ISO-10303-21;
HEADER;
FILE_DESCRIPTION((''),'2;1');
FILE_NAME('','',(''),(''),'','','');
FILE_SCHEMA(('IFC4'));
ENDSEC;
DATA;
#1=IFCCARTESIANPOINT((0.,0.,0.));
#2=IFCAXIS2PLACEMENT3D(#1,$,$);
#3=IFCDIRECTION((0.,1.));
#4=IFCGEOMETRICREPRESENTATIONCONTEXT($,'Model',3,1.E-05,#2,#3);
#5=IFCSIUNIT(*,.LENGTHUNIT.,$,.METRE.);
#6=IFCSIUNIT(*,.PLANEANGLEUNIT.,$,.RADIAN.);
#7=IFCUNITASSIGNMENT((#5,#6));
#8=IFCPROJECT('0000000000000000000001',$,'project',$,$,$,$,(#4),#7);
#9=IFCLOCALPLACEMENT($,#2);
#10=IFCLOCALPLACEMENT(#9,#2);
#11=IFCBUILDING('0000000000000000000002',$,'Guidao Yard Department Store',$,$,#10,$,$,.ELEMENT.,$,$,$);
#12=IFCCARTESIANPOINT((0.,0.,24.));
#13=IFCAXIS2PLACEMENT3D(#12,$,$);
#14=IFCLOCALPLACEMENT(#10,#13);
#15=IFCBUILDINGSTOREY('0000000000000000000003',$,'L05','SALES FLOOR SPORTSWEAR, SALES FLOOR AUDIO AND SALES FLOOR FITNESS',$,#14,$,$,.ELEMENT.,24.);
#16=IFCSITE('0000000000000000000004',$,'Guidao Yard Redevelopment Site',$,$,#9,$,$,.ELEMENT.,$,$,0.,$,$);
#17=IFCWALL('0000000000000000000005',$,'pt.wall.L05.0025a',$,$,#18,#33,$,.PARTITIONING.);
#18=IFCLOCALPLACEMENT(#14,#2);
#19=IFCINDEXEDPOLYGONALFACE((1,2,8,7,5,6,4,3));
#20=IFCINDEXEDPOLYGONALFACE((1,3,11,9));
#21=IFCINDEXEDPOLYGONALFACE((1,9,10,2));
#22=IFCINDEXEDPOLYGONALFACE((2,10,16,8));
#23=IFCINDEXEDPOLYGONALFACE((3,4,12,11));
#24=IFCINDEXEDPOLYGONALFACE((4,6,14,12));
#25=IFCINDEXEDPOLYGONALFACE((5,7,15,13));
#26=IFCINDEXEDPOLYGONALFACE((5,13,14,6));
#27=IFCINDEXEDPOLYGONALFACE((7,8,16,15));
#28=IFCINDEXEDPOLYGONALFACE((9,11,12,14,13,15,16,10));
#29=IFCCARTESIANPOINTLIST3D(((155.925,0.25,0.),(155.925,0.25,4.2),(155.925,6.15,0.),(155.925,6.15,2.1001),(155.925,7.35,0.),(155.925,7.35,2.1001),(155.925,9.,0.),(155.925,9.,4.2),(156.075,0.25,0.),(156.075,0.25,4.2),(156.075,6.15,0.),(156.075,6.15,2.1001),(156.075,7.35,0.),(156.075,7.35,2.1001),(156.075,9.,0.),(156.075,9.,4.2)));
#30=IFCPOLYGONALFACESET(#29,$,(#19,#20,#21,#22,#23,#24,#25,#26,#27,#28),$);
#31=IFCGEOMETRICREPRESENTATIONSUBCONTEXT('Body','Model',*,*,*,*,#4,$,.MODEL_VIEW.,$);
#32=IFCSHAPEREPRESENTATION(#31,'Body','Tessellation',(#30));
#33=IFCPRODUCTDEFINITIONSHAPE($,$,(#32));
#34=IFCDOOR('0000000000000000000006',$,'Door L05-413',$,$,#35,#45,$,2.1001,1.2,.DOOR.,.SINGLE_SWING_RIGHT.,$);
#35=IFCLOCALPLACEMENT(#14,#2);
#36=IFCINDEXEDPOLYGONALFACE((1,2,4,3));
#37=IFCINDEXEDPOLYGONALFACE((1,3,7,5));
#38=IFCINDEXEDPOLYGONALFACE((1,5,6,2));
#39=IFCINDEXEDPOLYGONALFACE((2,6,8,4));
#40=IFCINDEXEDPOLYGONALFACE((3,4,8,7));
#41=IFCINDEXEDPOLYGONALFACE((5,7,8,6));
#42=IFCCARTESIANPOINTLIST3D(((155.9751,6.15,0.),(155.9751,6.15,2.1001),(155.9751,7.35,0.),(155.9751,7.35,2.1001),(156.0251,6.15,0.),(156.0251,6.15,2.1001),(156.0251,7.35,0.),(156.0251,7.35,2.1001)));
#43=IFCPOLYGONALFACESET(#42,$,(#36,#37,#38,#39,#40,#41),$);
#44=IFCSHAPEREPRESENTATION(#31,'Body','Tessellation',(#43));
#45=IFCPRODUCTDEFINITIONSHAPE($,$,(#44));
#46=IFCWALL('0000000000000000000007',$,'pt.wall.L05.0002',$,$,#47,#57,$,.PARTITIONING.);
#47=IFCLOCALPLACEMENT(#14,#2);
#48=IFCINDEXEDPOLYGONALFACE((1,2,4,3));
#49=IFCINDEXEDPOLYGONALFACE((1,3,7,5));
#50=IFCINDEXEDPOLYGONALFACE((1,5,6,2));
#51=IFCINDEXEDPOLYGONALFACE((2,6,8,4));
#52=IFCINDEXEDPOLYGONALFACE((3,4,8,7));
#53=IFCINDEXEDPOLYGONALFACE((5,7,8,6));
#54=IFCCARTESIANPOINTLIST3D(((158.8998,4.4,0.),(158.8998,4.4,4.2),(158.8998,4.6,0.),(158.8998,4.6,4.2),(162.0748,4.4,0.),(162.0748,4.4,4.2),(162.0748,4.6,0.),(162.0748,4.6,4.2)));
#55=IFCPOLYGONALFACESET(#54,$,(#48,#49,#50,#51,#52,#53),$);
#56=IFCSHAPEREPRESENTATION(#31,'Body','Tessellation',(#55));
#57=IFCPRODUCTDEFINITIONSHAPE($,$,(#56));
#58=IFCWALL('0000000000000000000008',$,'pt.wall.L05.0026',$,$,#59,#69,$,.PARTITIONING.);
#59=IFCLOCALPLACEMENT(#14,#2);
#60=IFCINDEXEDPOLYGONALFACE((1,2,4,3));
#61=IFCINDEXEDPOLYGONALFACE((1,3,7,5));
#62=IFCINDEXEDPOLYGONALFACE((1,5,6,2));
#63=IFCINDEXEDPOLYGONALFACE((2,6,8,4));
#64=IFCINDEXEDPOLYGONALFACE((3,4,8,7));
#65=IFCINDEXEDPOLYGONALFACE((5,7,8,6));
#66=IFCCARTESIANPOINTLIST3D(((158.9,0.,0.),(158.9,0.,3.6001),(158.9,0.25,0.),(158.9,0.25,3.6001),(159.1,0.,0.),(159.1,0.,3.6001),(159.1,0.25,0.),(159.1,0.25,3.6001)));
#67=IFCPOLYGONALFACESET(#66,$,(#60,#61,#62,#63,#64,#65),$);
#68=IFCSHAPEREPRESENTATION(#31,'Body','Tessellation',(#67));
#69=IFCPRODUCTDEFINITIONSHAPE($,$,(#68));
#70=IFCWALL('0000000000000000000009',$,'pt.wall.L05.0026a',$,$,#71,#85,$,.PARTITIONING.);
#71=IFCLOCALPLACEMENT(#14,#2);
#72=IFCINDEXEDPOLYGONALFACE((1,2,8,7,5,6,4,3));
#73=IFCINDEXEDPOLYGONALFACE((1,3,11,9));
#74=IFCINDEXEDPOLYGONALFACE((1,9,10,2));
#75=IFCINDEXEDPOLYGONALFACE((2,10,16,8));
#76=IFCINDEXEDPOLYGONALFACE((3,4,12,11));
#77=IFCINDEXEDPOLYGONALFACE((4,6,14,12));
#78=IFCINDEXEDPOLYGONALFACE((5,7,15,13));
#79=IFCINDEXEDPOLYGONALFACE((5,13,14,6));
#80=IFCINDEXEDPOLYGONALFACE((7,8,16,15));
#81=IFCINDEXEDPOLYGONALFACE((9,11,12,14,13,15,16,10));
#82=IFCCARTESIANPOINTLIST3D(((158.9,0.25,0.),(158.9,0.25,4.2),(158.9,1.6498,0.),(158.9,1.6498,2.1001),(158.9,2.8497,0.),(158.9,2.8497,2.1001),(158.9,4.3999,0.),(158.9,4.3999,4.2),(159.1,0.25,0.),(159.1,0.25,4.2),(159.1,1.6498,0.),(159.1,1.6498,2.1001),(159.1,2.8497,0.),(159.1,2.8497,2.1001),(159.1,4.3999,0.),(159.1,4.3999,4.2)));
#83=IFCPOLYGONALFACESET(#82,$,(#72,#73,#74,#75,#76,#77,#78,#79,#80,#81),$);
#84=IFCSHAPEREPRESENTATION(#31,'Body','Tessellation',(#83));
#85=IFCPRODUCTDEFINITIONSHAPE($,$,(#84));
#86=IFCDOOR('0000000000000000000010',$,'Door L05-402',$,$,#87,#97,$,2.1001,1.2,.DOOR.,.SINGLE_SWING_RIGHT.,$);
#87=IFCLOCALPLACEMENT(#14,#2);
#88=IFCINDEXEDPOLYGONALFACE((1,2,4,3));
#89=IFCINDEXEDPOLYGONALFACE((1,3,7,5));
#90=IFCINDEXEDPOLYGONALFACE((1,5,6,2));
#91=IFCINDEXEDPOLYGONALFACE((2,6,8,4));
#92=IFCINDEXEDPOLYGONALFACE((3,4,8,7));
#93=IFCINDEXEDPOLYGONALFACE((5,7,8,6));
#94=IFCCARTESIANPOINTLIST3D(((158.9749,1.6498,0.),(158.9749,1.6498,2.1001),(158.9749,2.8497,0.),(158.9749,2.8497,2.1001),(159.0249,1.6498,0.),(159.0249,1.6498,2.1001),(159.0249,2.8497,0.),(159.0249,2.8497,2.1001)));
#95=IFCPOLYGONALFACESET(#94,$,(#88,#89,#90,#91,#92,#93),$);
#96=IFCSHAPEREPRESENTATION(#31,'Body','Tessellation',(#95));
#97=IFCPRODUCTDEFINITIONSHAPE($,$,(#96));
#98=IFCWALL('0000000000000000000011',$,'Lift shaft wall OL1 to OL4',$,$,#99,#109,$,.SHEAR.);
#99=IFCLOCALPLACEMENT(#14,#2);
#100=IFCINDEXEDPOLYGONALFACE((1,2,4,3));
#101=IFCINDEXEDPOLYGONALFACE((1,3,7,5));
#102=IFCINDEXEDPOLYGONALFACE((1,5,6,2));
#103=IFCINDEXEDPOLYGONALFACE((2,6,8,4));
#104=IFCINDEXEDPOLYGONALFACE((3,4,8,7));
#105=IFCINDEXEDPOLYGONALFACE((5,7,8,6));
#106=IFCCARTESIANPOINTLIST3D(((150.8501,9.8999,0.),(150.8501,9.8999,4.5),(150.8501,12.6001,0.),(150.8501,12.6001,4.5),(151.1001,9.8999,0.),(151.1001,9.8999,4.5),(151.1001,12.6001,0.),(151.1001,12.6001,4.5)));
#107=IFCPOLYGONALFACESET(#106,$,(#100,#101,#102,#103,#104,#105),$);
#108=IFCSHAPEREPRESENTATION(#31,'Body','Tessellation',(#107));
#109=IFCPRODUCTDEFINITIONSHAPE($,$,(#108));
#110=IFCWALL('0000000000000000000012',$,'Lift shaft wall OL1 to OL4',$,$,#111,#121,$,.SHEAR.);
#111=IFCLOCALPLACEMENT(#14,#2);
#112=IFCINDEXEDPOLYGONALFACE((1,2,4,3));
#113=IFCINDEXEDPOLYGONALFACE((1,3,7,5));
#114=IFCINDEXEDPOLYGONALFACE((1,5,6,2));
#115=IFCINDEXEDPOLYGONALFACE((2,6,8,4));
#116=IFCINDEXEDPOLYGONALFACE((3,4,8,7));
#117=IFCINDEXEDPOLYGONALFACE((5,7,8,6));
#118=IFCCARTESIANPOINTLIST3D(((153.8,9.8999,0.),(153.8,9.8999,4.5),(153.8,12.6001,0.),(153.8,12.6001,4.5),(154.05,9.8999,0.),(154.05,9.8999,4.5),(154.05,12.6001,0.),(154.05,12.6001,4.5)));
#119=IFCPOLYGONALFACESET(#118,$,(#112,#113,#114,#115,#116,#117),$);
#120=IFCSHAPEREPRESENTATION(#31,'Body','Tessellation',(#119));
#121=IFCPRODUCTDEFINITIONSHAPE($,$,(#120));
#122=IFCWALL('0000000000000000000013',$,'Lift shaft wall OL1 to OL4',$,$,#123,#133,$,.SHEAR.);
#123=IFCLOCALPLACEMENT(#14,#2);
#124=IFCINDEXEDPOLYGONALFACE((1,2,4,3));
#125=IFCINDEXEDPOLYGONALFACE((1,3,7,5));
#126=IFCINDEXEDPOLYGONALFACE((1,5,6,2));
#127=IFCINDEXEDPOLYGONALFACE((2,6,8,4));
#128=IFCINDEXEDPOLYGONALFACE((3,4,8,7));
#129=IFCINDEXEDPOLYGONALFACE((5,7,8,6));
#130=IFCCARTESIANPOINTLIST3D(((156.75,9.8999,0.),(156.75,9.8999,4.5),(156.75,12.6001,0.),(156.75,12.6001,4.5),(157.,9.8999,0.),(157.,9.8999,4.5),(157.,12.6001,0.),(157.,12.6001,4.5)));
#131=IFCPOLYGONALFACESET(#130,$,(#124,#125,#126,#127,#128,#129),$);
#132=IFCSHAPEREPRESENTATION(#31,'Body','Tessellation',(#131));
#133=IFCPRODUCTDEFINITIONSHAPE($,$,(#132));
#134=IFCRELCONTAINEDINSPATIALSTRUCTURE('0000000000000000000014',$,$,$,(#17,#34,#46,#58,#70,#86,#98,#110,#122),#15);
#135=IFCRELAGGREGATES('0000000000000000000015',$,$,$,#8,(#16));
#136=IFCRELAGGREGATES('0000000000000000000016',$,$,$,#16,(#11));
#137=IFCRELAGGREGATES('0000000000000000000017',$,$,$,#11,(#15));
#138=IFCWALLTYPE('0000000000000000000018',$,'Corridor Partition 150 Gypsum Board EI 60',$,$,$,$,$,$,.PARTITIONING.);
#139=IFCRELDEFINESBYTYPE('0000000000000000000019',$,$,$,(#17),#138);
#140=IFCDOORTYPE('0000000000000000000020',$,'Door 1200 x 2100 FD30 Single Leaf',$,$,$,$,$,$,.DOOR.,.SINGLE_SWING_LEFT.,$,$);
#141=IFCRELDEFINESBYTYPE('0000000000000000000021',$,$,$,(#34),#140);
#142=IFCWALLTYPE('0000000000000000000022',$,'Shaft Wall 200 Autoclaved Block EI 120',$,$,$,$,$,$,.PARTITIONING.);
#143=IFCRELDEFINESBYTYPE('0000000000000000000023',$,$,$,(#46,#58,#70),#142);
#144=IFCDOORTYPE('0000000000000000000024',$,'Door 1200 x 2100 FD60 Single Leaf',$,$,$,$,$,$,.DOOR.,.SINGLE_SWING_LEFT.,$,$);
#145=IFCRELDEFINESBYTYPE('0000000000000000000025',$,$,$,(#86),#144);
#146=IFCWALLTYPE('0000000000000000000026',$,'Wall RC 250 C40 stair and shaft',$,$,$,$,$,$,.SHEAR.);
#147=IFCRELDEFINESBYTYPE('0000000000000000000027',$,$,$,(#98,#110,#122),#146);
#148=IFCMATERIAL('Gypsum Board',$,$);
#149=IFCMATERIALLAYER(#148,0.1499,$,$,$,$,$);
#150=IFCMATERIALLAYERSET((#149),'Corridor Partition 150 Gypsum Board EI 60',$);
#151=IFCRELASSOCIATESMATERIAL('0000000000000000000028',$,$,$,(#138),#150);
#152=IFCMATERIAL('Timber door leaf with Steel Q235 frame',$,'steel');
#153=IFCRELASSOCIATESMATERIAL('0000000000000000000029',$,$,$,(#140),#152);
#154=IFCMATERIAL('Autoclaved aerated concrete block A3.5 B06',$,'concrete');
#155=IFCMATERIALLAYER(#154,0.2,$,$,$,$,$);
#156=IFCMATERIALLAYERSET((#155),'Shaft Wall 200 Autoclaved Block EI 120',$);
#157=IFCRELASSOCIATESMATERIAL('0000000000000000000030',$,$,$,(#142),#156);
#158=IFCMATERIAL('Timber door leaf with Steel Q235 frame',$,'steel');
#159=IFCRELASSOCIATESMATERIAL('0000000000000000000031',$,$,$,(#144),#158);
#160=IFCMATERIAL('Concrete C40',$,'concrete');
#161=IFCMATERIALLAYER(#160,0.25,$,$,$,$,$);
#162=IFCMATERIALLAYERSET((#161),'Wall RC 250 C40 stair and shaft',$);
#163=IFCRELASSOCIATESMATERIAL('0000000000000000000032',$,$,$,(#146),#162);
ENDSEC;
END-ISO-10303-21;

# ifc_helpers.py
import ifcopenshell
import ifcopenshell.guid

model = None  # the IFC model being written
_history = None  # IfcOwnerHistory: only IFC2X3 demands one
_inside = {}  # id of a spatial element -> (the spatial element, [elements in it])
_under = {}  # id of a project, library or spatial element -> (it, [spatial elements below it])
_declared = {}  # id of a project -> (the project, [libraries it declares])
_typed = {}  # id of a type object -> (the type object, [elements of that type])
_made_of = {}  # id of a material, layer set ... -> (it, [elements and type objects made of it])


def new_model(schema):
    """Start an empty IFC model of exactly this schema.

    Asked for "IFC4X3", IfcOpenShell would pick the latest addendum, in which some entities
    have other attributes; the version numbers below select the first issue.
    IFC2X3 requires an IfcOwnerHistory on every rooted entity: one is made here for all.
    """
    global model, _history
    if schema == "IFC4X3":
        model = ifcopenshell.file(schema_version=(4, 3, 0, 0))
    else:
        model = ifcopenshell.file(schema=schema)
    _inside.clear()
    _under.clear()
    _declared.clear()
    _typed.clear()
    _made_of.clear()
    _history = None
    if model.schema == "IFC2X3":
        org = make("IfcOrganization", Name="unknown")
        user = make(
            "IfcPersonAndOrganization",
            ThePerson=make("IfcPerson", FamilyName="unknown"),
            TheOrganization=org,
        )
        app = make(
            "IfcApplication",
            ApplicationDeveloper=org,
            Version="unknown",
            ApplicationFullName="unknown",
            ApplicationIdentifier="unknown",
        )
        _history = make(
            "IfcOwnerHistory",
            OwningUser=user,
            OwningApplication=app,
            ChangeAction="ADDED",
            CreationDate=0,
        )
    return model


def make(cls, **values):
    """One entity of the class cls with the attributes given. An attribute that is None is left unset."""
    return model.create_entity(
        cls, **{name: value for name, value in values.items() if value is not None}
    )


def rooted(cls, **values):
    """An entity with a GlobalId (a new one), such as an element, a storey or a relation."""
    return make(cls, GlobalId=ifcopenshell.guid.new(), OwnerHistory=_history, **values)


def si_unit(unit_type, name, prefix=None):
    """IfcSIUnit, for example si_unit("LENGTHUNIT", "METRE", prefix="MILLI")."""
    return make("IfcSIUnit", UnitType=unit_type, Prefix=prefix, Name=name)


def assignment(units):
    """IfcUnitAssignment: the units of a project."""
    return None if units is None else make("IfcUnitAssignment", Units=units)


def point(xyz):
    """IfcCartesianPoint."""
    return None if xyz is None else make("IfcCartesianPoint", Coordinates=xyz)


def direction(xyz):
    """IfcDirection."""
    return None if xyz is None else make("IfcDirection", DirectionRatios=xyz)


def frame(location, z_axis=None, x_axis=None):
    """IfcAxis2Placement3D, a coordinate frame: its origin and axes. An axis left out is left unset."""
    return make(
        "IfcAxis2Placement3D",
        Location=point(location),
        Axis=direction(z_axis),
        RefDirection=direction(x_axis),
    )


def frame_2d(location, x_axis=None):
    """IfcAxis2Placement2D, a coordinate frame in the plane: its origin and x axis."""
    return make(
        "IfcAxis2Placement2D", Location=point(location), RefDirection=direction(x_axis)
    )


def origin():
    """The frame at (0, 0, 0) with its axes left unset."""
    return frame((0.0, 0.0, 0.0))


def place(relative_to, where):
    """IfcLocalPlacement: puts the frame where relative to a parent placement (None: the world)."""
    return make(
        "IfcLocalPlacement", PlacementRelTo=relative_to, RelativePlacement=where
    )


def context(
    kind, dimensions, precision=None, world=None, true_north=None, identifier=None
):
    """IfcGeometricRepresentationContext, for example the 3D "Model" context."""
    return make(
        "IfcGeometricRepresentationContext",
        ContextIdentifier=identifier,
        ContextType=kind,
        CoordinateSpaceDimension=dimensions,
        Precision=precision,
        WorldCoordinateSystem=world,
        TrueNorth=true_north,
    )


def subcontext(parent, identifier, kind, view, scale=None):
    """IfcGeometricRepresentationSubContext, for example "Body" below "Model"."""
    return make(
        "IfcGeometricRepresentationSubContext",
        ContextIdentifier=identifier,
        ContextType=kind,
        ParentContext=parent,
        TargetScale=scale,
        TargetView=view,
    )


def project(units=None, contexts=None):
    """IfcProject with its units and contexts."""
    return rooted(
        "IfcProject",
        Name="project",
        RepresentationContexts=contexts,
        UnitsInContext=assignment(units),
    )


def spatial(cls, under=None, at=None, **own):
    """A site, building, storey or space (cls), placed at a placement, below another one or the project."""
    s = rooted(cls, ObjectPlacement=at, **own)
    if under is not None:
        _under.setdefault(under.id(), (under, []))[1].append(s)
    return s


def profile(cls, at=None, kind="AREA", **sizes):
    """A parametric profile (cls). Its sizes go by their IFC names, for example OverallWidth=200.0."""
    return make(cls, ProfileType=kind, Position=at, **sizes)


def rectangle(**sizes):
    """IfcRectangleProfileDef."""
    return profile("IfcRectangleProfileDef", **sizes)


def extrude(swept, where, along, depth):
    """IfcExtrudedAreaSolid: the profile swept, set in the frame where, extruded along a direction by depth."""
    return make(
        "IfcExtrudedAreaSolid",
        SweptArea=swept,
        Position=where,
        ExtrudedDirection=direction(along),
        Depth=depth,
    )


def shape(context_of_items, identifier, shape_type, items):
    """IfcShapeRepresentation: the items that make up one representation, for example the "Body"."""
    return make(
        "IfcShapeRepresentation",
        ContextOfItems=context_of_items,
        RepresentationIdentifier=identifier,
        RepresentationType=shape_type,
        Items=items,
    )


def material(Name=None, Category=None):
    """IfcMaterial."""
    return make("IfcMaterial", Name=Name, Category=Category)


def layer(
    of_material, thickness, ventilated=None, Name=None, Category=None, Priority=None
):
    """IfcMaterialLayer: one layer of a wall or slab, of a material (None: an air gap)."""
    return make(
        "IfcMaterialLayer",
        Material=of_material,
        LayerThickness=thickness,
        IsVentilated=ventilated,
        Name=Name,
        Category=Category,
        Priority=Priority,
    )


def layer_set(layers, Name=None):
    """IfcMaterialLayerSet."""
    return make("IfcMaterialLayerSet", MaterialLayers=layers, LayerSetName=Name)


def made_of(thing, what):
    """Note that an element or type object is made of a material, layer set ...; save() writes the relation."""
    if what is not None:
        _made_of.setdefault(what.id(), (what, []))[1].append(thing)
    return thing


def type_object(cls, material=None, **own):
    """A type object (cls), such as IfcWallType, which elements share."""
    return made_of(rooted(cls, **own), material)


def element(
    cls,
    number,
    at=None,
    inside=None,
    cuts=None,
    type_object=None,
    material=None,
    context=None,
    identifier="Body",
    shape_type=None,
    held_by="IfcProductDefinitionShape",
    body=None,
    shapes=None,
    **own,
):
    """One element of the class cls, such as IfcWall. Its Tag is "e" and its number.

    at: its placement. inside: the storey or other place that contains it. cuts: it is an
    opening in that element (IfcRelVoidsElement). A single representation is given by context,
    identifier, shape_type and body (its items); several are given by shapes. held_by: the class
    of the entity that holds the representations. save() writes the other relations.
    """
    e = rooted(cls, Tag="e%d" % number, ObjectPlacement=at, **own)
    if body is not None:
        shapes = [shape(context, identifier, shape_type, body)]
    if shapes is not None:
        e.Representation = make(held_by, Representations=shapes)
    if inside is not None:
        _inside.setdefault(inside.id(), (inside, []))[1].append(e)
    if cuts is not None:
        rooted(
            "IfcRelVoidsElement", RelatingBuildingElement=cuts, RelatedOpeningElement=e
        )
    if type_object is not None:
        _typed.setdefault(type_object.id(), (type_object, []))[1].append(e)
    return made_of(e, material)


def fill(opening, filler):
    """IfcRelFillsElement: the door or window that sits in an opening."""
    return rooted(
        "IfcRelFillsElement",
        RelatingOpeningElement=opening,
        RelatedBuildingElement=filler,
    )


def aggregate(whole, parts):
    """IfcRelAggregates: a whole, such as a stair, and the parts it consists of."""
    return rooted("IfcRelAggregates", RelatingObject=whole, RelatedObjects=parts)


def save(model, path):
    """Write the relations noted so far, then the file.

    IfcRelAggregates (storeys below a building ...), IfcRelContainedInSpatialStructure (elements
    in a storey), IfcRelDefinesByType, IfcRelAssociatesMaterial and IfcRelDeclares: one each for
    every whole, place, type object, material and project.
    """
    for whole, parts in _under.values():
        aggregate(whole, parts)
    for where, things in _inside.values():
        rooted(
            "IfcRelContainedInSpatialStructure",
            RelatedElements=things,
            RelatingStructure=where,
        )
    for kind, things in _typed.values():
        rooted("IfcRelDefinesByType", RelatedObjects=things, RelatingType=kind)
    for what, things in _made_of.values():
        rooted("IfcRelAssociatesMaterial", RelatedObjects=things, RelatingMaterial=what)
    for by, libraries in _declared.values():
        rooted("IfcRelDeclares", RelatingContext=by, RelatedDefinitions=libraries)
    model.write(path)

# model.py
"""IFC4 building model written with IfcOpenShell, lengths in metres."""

from ifc_helpers import new_model, si_unit, direction, frame, frame_2d, origin, place, context, subcontext, project, spatial, rectangle, extrude, material, layer, layer_set, type_object, element, fill, save


model = new_model("IFC4")

# Units and contexts
model_context = context("Model", 3, precision=1e-05, world=origin(), true_north=direction((0.0, 1.0)))
body_context = subcontext(model_context, "Body", "Model", "MODEL_VIEW")
ifc_project = project(units=[si_unit("LENGTHUNIT", "METRE"), si_unit("PLANEANGLEUNIT", "RADIAN")], contexts=[model_context])

# Site, building, storey
site_placement = place(None, origin())
site = spatial("IfcSite", under=ifc_project, at=site_placement, Name="Guidao Yard Redevelopment Site", CompositionType="ELEMENT", RefElevation=0.0)
building_placement = place(site_placement, origin())
building = spatial("IfcBuilding", under=site, at=building_placement, Name="Guidao Yard Department Store", CompositionType="ELEMENT")
storey_placement = place(building_placement, frame((0.0, 0.0, 24.0)))
storey = spatial("IfcBuildingStorey", under=building, at=storey_placement, Name="L05", Description="SALES FLOOR SPORTSWEAR, SALES FLOOR AUDIO AND SALES FLOOR FITNESS", CompositionType="ELEMENT", Elevation=24.0)

# Shared definitions
ifc_material_1 = material(Name="Gypsum Board")
ifc_layer_1 = layer(ifc_material_1, 0.1499)
ifc_layer_set_1 = layer_set([ifc_layer_1], Name="Corridor Partition 150 Gypsum Board EI 60")
wall_type_1 = type_object("IfcWallType", Name="Corridor Partition 150 Gypsum Board EI 60", PredefinedType="PARTITIONING", material=ifc_layer_set_1)

# Wall, opening, door
wall_1_placement = place(storey_placement, frame((156.0, 0.25, 0.0), z_axis=(0.0, 0.0, 1.0), x_axis=(0.0, 1.0, 0.0)))
wall_1 = element("IfcWall", 1, at=wall_1_placement, inside=storey, type_object=wall_type_1, Name="pt.wall.L05.0025a", PredefinedType="PARTITIONING", context=body_context, shape_type="SweptSolid", body=[
    extrude(rectangle(XDim=8.75, YDim=0.1499, at=frame_2d((4.375, 0.0))), origin(), (0.0, 0.0, 1.0), 4.2),
])
opening_1_placement = place(wall_1_placement, frame((5.8999, 0.0, 0.0)))
opening_1 = element("IfcOpeningElement", 2, at=opening_1_placement, cuts=wall_1, PredefinedType="OPENING", context=body_context, shape_type="SweptSolid", body=[
    extrude(rectangle(XDim=1.2, YDim=2.1001, at=frame_2d((0.6001, 1.05))), frame((0.0, 0.085, 0.0), z_axis=(0.0, -1.0, 0.0), x_axis=(1.0, 0.0, 0.0)), (0.0, 0.0, 1.0), 0.1699),
])
ifc_material_2 = material(Name="Timber door leaf with Steel Q235 frame", Category="steel")
door_type_1 = type_object("IfcDoorType", Name="Door 1200 x 2100 FD30 Single Leaf", OperationType="SINGLE_SWING_LEFT", PredefinedType="DOOR", material=ifc_material_2)
door_1_placement = place(opening_1_placement, origin())
door_1 = element("IfcDoor", 3, at=door_1_placement, inside=storey, type_object=door_type_1, Name="Door L05-413", OperationType="SINGLE_SWING_RIGHT", OverallHeight=2.1001, OverallWidth=1.2, PredefinedType="DOOR", context=body_context, shape_type="SweptSolid", body=[
    extrude(rectangle(XDim=1.2, YDim=2.1001, at=frame_2d((0.6001, 1.05))), frame((0.0, 0.0249, 0.0), z_axis=(0.0, -1.0, 0.0), x_axis=(1.0, 0.0, 0.0)), (0.0, 0.0, 1.0), 0.05),
])
fill(opening_1, door_1)

# Walls
ifc_material_3 = material(Name="Autoclaved aerated concrete block A3.5 B06", Category="concrete")
ifc_layer_2 = layer(ifc_material_3, 0.2)
ifc_layer_set_2 = layer_set([ifc_layer_2], Name="Shaft Wall 200 Autoclaved Block EI 120")
wall_type_2 = type_object("IfcWallType", Name="Shaft Wall 200 Autoclaved Block EI 120", PredefinedType="PARTITIONING", material=ifc_layer_set_2)
wall_2_placement = place(storey_placement, frame((158.8999, 4.5, 0.0), z_axis=(0.0, 0.0, 1.0), x_axis=(1.0, 0.0, 0.0)))
element("IfcWall", 4, at=wall_2_placement, inside=storey, type_object=wall_type_2, Name="pt.wall.L05.0002", PredefinedType="PARTITIONING", context=body_context, shape_type="SweptSolid", body=[
    extrude(rectangle(XDim=3.175, YDim=0.2, at=frame_2d((1.5874, 0.0))), origin(), (0.0, 0.0, 1.0), 4.2),
])
wall_3_placement = place(storey_placement, frame((159.0, 0.0, 0.0), z_axis=(0.0, 0.0, 1.0), x_axis=(0.0, 1.0, 0.0)))
element("IfcWall", 5, at=wall_3_placement, inside=storey, type_object=wall_type_2, Name="pt.wall.L05.0026", PredefinedType="PARTITIONING", context=body_context, shape_type="SweptSolid", body=[
    extrude(rectangle(XDim=0.25, YDim=0.2, at=frame_2d((0.125, 0.0))), origin(), (0.0, 0.0, 1.0), 3.6001),
])

# Wall, opening, door
wall_4_placement = place(storey_placement, frame((159.0, 0.25, 0.0), z_axis=(0.0, 0.0, 1.0), x_axis=(0.0, 1.0, 0.0)))
wall_4 = element("IfcWall", 6, at=wall_4_placement, inside=storey, type_object=wall_type_2, Name="pt.wall.L05.0026a", PredefinedType="PARTITIONING", context=body_context, shape_type="SweptSolid", body=[
    extrude(rectangle(XDim=4.1499, YDim=0.2, at=frame_2d((2.075, 0.0))), origin(), (0.0, 0.0, 1.0), 4.2),
])
opening_2_placement = place(wall_4_placement, frame((2.5999, 0.0, 0.0), z_axis=(0.0, 0.0, 1.0), x_axis=(-1.0, 0.0, 0.0)))
opening_2 = element("IfcOpeningElement", 7, at=opening_2_placement, cuts=wall_4, PredefinedType="OPENING", context=body_context, shape_type="SweptSolid", body=[
    extrude(rectangle(XDim=1.2, YDim=2.1001, at=frame_2d((0.6001, 1.05))), frame((0.0, 0.1099, 0.0), z_axis=(0.0, -1.0, 0.0), x_axis=(1.0, 0.0, 0.0)), (0.0, 0.0, 1.0), 0.22),
])
ifc_material_4 = material(Name="Timber door leaf with Steel Q235 frame", Category="steel")
door_type_2 = type_object("IfcDoorType", Name="Door 1200 x 2100 FD60 Single Leaf", OperationType="SINGLE_SWING_LEFT", PredefinedType="DOOR", material=ifc_material_4)
door_2_placement = place(opening_2_placement, origin())
door_2 = element("IfcDoor", 8, at=door_2_placement, inside=storey, type_object=door_type_2, Name="Door L05-402", OperationType="SINGLE_SWING_RIGHT", OverallHeight=2.1001, OverallWidth=1.2, PredefinedType="DOOR", context=body_context, shape_type="SweptSolid", body=[
    extrude(rectangle(XDim=1.2, YDim=2.1001, at=frame_2d((0.6001, 1.05))), frame((0.0, 0.0249, 0.0), z_axis=(0.0, -1.0, 0.0), x_axis=(1.0, 0.0, 0.0)), (0.0, 0.0, 1.0), 0.05),
])
fill(opening_2, door_2)

# Walls
ifc_material_5 = material(Name="Concrete C40", Category="concrete")
ifc_layer_3 = layer(ifc_material_5, 0.25)
ifc_layer_set_3 = layer_set([ifc_layer_3], Name="Wall RC 250 C40 stair and shaft")
wall_type_3 = type_object("IfcWallType", Name="Wall RC 250 C40 stair and shaft", PredefinedType="SHEAR", material=ifc_layer_set_3)
for number, where, z_axis, x_axis, name in (
    (9, (150.9751, 9.8999, 0.0), (0.0, 0.0, 1.0), (0.0, 1.0, 0.0), "Lift shaft wall OL1 to OL4"),
    (10, (153.925, 9.8999, 0.0), (0.0, 0.0, 1.0), (0.0, 1.0, 0.0), "Lift shaft wall OL1 to OL4"),
    (11, (156.875, 9.8999, 0.0), (0.0, 0.0, 1.0), (0.0, 1.0, 0.0), "Lift shaft wall OL1 to OL4"),
):
    element("IfcWall", number, at=place(storey_placement, frame(where, z_axis=z_axis, x_axis=x_axis)), inside=storey, type_object=wall_type_3, Name=name, PredefinedType="SHEAR", context=body_context, shape_type="SweptSolid", body=[
        extrude(rectangle(XDim=2.7002, YDim=0.25, at=frame_2d((1.3501, 0.0))), origin(), (0.0, 0.0, 1.0), 4.5),
    ])

save(model, "model.ifc")
